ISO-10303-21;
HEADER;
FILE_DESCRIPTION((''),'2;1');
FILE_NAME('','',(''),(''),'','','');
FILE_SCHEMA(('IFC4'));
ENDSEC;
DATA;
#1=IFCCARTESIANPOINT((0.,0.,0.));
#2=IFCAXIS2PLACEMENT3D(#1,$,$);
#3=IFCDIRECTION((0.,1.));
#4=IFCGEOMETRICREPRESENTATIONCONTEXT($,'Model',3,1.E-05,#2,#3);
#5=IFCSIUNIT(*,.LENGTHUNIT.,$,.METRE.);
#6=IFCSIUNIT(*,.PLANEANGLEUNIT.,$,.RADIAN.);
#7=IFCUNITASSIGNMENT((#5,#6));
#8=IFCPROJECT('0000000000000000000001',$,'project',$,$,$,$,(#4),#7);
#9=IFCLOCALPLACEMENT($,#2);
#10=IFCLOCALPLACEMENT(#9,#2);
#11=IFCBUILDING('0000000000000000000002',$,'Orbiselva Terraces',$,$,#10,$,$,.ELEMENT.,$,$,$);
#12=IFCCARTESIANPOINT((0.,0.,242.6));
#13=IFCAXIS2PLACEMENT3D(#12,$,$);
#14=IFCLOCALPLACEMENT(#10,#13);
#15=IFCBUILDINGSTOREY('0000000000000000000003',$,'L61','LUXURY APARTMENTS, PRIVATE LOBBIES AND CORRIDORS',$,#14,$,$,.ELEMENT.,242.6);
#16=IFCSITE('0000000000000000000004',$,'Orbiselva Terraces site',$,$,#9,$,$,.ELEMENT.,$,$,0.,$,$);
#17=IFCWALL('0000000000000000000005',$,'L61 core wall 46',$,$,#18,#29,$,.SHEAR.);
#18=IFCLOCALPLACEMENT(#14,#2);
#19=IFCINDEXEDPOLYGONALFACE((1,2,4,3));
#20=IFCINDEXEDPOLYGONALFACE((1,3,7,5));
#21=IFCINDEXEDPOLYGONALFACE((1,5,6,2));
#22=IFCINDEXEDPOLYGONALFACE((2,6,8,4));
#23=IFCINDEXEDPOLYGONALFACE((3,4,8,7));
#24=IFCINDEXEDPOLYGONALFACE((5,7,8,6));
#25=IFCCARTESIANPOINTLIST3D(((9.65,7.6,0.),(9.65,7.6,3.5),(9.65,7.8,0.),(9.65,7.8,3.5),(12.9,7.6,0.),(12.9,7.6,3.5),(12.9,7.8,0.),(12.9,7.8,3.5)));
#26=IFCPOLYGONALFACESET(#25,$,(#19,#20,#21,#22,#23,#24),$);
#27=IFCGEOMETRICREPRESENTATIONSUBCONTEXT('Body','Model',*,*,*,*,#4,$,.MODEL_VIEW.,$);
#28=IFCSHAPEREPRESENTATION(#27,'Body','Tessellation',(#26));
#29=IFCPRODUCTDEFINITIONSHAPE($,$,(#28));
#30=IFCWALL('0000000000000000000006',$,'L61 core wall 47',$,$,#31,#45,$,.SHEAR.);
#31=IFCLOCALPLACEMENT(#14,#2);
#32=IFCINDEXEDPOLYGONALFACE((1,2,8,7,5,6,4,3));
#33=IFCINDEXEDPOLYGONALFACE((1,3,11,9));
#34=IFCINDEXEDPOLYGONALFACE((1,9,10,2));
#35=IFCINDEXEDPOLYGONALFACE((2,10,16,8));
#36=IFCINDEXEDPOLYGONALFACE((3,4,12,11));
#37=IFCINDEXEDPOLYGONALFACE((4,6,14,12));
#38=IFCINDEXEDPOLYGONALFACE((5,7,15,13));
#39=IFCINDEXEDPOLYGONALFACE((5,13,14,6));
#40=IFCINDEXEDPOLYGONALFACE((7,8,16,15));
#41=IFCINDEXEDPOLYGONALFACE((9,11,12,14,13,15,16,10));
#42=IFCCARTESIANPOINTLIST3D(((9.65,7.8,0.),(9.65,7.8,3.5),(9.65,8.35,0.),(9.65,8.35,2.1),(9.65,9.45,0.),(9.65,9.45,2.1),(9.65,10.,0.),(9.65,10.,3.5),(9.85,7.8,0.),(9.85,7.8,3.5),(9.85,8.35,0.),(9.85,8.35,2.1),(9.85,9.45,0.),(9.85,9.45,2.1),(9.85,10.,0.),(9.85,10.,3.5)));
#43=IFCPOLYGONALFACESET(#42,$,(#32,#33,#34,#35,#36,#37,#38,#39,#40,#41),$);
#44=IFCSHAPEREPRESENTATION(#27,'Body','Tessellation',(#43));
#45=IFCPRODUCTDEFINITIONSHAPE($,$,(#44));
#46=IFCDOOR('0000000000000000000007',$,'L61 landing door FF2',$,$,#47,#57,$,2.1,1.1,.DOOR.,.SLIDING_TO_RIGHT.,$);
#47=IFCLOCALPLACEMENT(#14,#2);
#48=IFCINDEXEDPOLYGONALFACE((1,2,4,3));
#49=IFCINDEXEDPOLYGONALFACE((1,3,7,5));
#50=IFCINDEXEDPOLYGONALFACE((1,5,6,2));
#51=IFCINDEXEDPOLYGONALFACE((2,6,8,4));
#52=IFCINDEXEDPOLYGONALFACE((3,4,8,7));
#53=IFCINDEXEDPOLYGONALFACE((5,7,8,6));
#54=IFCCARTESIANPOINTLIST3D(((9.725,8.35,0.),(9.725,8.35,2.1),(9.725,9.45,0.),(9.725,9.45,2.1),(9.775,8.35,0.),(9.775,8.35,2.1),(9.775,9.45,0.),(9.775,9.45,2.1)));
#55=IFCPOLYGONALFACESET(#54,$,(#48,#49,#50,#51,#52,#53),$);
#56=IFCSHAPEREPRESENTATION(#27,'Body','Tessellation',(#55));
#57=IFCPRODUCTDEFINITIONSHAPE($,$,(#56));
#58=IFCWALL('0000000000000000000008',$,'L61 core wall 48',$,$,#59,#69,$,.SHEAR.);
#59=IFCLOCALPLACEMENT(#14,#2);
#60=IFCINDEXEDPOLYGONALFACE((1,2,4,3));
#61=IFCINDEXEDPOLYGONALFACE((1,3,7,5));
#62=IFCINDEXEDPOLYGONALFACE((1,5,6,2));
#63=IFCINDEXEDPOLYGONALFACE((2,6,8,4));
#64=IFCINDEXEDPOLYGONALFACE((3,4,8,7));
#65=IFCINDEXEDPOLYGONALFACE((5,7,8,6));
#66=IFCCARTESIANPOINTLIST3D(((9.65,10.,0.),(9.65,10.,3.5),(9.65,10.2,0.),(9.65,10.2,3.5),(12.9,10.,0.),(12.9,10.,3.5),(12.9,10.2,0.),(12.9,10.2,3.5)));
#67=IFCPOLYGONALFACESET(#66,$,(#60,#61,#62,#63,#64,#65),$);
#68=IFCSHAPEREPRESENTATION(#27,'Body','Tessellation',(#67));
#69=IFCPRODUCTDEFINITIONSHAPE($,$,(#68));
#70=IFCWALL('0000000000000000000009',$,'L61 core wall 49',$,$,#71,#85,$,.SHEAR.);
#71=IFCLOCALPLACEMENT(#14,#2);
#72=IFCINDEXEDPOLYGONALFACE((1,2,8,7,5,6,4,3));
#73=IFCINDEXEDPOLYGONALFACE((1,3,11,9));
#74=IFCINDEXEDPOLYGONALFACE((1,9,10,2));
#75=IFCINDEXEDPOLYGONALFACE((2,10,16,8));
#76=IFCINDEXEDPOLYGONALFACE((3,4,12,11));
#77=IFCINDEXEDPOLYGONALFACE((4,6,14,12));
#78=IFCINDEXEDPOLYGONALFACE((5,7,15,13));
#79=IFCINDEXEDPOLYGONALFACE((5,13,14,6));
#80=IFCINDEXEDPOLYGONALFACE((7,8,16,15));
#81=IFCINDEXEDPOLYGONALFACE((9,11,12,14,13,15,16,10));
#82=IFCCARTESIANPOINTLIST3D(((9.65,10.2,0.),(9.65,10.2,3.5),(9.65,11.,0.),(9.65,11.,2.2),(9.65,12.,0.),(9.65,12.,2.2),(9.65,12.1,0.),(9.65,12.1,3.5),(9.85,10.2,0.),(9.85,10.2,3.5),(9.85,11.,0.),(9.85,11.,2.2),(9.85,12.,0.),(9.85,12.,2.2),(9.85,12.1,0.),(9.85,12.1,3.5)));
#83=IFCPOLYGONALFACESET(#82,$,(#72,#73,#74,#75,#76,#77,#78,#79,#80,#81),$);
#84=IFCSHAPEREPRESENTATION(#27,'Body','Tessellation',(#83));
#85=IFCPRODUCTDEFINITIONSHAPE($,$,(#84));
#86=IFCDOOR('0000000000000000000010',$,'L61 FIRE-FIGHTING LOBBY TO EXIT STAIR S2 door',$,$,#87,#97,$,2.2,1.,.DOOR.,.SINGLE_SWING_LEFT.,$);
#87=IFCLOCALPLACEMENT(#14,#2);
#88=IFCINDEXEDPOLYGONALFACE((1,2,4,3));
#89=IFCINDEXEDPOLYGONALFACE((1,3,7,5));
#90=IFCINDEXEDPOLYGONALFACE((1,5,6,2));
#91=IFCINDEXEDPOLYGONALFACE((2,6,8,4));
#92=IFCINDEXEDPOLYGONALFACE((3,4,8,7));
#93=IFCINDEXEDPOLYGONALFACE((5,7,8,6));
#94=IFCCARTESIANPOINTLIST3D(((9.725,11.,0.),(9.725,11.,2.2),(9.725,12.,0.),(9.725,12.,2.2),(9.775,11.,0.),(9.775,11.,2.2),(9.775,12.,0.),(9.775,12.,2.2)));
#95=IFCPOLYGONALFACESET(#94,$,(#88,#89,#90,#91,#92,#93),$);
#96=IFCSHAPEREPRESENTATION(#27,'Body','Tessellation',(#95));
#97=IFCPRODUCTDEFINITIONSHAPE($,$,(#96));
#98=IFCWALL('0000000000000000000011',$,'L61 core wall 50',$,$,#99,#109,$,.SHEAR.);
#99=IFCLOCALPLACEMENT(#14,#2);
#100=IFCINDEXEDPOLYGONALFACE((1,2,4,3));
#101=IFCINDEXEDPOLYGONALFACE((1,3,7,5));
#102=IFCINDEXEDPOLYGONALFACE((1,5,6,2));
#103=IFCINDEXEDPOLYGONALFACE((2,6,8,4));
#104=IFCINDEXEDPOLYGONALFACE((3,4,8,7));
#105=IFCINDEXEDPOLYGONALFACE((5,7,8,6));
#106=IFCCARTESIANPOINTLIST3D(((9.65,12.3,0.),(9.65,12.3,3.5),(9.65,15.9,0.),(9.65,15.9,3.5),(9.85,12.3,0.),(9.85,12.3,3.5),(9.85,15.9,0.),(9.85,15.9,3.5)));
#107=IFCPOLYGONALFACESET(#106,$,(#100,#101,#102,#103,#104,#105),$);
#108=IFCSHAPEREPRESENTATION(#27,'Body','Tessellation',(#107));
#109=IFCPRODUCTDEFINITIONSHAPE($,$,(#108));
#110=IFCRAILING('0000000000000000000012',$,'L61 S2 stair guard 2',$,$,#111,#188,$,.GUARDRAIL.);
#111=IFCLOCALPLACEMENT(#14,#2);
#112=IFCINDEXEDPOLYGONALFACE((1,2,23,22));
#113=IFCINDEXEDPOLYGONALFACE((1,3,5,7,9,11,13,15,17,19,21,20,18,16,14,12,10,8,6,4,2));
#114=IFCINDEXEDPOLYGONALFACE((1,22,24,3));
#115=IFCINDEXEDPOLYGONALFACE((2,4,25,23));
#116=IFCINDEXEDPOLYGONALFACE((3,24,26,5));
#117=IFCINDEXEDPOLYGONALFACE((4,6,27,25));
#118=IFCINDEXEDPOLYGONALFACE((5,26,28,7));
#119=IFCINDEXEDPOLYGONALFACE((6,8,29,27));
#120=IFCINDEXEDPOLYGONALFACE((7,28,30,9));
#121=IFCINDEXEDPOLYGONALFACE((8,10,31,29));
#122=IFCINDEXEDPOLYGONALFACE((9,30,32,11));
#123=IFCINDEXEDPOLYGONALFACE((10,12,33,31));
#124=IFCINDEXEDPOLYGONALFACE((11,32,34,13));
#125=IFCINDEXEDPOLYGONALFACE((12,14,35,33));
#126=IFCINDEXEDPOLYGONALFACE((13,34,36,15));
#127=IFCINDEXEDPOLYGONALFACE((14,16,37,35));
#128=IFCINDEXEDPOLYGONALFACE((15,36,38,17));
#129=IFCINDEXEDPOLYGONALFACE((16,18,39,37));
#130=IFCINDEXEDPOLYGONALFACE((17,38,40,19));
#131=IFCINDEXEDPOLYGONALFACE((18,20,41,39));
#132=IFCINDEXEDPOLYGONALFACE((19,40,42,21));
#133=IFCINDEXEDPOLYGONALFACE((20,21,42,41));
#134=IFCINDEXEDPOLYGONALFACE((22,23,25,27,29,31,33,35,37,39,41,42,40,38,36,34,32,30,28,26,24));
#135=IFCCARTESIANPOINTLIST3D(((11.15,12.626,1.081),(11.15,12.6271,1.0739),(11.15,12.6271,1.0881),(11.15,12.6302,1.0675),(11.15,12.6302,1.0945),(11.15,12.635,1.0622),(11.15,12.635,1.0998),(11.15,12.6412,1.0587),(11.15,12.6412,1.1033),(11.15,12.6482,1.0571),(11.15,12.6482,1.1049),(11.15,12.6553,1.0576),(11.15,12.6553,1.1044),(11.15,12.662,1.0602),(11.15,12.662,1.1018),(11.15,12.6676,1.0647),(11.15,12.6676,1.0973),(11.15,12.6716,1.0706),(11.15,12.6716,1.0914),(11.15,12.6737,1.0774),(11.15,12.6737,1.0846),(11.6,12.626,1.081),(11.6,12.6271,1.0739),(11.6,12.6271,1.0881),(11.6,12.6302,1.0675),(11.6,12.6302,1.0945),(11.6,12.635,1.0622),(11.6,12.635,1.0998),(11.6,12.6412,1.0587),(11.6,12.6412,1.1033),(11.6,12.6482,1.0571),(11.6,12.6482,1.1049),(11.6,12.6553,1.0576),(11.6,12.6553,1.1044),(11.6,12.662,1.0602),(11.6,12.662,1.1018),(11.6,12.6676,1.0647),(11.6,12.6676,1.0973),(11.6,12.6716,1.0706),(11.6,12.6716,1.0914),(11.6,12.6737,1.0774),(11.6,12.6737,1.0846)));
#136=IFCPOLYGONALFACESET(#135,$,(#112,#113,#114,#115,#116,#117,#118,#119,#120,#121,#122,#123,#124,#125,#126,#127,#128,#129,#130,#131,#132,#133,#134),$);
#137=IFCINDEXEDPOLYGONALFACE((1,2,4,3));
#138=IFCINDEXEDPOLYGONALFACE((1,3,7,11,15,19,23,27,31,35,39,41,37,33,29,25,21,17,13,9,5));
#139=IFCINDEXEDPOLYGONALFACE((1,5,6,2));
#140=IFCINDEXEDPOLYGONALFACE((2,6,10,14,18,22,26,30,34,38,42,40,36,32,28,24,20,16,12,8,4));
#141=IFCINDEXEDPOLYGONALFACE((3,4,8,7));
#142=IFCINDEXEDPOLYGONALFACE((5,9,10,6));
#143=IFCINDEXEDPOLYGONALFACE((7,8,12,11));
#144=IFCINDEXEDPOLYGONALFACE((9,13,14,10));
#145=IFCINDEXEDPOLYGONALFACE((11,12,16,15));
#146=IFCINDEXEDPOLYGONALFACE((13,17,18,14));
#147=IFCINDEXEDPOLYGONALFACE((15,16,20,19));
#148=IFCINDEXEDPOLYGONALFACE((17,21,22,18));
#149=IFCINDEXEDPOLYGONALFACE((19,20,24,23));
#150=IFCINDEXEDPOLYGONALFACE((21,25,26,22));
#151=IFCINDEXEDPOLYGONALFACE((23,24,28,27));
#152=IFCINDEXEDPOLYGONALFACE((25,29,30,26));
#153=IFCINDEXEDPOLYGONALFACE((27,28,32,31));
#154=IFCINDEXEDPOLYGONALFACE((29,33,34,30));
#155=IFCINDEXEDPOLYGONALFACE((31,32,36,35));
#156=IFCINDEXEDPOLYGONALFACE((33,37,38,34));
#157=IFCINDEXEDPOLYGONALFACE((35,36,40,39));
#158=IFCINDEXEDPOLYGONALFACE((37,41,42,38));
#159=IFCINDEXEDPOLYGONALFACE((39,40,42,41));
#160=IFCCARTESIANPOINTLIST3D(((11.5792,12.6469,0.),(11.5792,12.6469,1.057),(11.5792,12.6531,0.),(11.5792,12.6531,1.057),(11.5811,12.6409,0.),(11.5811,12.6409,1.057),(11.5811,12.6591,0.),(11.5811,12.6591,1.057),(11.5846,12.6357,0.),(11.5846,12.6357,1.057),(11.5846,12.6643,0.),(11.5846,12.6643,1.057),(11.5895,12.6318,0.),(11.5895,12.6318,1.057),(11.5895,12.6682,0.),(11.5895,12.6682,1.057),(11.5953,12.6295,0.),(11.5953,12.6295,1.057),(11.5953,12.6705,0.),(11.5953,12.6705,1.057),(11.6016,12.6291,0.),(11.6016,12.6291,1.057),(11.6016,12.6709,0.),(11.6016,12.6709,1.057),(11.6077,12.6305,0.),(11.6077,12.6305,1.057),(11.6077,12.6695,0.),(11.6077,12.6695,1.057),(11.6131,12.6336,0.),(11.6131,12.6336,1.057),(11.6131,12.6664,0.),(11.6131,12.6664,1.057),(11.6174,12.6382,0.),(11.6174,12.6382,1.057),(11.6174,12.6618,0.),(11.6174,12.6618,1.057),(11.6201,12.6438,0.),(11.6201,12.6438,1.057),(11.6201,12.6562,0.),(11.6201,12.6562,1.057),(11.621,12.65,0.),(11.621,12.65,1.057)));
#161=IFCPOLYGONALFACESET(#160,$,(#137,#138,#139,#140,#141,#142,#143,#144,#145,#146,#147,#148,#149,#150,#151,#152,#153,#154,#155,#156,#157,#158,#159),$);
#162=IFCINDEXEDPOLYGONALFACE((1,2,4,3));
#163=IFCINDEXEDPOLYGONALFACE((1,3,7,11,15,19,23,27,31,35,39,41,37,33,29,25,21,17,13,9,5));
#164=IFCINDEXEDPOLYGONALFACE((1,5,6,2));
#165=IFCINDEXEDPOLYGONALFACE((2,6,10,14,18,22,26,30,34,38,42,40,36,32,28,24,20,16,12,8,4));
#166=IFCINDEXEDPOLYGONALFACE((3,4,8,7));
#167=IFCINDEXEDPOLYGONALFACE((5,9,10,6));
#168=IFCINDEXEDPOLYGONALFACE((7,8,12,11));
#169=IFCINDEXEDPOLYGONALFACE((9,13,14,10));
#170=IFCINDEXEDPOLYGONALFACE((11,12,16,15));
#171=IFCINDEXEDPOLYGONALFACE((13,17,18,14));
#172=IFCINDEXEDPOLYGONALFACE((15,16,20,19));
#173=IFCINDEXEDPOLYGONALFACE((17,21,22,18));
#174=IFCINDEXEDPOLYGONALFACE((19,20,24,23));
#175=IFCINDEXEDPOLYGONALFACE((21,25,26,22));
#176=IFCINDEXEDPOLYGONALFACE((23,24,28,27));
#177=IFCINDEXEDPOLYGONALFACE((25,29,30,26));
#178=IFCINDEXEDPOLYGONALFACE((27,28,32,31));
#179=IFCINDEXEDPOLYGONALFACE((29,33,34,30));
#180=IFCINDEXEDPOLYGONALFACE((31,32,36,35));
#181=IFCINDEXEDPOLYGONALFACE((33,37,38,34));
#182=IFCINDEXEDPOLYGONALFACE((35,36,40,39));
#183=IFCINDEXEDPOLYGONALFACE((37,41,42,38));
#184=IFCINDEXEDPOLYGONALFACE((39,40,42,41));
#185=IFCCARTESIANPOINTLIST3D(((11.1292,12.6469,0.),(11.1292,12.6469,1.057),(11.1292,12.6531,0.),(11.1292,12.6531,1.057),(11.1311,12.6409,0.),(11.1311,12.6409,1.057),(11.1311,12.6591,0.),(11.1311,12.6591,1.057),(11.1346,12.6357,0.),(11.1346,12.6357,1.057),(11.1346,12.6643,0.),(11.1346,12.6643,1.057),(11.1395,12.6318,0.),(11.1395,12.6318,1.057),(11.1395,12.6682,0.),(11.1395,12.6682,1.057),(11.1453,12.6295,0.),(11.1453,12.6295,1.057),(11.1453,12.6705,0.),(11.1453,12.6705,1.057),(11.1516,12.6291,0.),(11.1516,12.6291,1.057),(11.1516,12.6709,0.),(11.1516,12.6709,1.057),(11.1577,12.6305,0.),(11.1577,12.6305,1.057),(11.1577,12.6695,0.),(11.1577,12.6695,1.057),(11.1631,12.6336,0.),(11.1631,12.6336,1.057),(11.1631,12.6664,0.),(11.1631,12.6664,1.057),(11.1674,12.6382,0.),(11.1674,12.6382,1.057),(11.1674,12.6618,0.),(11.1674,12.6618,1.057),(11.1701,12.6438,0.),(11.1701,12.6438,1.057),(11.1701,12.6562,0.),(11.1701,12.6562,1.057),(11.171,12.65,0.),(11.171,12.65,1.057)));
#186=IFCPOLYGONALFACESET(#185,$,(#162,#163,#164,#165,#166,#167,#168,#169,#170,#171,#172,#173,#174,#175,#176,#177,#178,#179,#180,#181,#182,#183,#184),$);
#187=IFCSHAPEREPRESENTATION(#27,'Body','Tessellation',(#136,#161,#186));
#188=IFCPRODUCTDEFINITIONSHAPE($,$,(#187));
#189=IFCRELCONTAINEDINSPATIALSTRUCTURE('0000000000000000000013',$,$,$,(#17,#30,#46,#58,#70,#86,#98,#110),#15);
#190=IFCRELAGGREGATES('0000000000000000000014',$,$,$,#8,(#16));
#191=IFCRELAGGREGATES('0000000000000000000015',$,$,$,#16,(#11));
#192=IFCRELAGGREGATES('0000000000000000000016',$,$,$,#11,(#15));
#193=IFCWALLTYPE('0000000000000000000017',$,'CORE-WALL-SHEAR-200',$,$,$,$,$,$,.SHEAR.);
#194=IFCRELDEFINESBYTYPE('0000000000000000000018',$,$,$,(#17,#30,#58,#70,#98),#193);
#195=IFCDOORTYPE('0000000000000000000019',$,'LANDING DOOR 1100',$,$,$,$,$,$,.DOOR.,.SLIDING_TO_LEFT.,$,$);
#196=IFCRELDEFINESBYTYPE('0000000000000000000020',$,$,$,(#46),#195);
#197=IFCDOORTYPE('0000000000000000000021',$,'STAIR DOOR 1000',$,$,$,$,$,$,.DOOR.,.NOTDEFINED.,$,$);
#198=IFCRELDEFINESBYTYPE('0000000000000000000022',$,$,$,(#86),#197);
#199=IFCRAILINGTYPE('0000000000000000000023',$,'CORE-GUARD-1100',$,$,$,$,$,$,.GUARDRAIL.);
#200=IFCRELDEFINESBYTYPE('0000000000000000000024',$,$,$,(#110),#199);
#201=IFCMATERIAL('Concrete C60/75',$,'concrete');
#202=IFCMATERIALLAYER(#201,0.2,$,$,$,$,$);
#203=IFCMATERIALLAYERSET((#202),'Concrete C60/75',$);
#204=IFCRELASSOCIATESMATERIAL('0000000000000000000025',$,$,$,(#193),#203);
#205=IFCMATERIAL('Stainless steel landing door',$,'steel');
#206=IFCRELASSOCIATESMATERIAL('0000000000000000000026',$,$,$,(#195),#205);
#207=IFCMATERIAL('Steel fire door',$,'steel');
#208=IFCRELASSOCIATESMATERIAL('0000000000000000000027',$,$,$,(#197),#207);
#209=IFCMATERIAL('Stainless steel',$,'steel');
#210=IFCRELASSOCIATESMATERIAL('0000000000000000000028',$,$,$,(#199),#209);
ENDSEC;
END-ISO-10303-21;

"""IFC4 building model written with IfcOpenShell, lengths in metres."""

from ifc_helpers import new_model, si_unit, direction, frame, frame_2d, origin, origin_2d, place, context, subcontext, project, spatial, rectangle, circle, extrude, material, layer, layer_set, type_object, element, fill, save


model = new_model("IFC4")

# Units and contexts
model_context = context("Model", 3, precision=1e-05, world=origin(), true_north=direction((0.0, 1.0)))
body_context = subcontext(model_context, "Body", "Model", "MODEL_VIEW")
ifc_project = project(units=[si_unit("LENGTHUNIT", "METRE"), si_unit("PLANEANGLEUNIT", "RADIAN")], contexts=[model_context])

# Site, building, storey
site_placement = place(None, origin())
site = spatial("IfcSite", under=ifc_project, at=site_placement, Name="Orbiselva Terraces site", CompositionType="ELEMENT", RefElevation=0.0)
building_placement = place(site_placement, origin())
building = spatial("IfcBuilding", under=site, at=building_placement, Name="Orbiselva Terraces", CompositionType="ELEMENT")
storey_placement = place(building_placement, frame((0.0, 0.0, 242.6)))
storey = spatial("IfcBuildingStorey", under=building, at=storey_placement, Name="L61", Description="LUXURY APARTMENTS, PRIVATE LOBBIES AND CORRIDORS", CompositionType="ELEMENT", Elevation=242.6)

# Shared definitions
ifc_material_1 = material(Name="Steel fire door", Category="steel")

# Shared definitions
ifc_material_2 = material(Name="Concrete C60/75", Category="concrete")
ifc_layer_1 = layer(ifc_material_2, 0.2)
ifc_layer_set_1 = layer_set([ifc_layer_1], Name="Concrete C60/75")
wall_type_1 = type_object("IfcWallType", Name="CORE-WALL-SHEAR-200", PredefinedType="SHEAR", material=ifc_layer_set_1)

# Shared definitions
ifc_material_3 = material(Name="Stainless steel landing door", Category="steel")
door_type_1 = type_object("IfcDoorType", Name="LANDING DOOR 1100", OperationType="SLIDING_TO_LEFT", PredefinedType="DOOR", material=ifc_material_3)

# Wall
wall_1_placement = place(storey_placement, frame((9.65, 7.7, 0.0), z_axis=(0.0, 0.0, 1.0), x_axis=(1.0, 0.0, 0.0)))
element("IfcWall", 1, at=wall_1_placement, inside=storey, type_object=wall_type_1, Name="L61 core wall 46", PredefinedType="SHEAR", context=body_context, shape_type="SweptSolid", body=[
    extrude(rectangle(XDim=3.25, YDim=0.2, at=frame_2d((1.625, 0.0))), origin(), (0.0, 0.0, 1.0), 3.5),
])

# Wall, opening, door
wall_2_placement = place(storey_placement, frame((9.75, 7.8, 0.0), z_axis=(0.0, 0.0, 1.0), x_axis=(0.0, 1.0, 0.0)))
wall_2 = element("IfcWall", 2, at=wall_2_placement, inside=storey, type_object=wall_type_1, Name="L61 core wall 47", PredefinedType="SHEAR", context=body_context, shape_type="SweptSolid", body=[
    extrude(rectangle(XDim=2.2, YDim=0.2, at=frame_2d((1.1, 0.0))), origin(), (0.0, 0.0, 1.0), 3.5),
])
opening_1_placement = place(wall_2_placement, frame((0.55, 0.0, 0.0)))
opening_1 = element("IfcOpeningElement", 3, at=opening_1_placement, cuts=wall_2, PredefinedType="OPENING", context=body_context, shape_type="SweptSolid", body=[
    extrude(rectangle(XDim=1.1, YDim=2.1, at=frame_2d((0.55, 1.05))), frame((0.0, 0.11, 0.0), z_axis=(0.0, -1.0, 0.0), x_axis=(1.0, 0.0, 0.0)), (0.0, 0.0, 1.0), 0.22),
])
door_1_placement = place(opening_1_placement, origin())
door_1 = element("IfcDoor", 4, at=door_1_placement, inside=storey, type_object=door_type_1, Name="L61 landing door FF2", OperationType="SLIDING_TO_RIGHT", OverallHeight=2.1, OverallWidth=1.1, PredefinedType="DOOR", context=body_context, shape_type="SweptSolid", body=[
    extrude(rectangle(XDim=1.1, YDim=2.1, at=frame_2d((0.55, 1.05))), frame((0.0, 0.025, 0.0), z_axis=(0.0, -1.0, 0.0), x_axis=(1.0, 0.0, 0.0)), (0.0, 0.0, 1.0), 0.05),
])
fill(opening_1, door_1)

# Wall
wall_3_placement = place(storey_placement, frame((9.65, 10.1, 0.0), z_axis=(0.0, 0.0, 1.0), x_axis=(1.0, 0.0, 0.0)))
element("IfcWall", 5, at=wall_3_placement, inside=storey, type_object=wall_type_1, Name="L61 core wall 48", PredefinedType="SHEAR", context=body_context, shape_type="SweptSolid", body=[
    extrude(rectangle(XDim=3.25, YDim=0.2, at=frame_2d((1.625, 0.0))), origin(), (0.0, 0.0, 1.0), 3.5),
])

# Wall, opening, door
wall_4_placement = place(storey_placement, frame((9.75, 12.1, 0.0), z_axis=(0.0, 0.0, 1.0), x_axis=(0.0, -1.0, 0.0)))
wall_4 = element("IfcWall", 6, at=wall_4_placement, inside=storey, type_object=wall_type_1, Name="L61 core wall 49", PredefinedType="SHEAR", context=body_context, shape_type="SweptSolid", body=[
    extrude(rectangle(XDim=1.9, YDim=0.2, at=frame_2d((0.95, 0.0))), origin(), (0.0, 0.0, 1.0), 3.5),
])
opening_2_placement = place(wall_4_placement, frame((0.1, 0.0, 0.0)))
opening_2 = element("IfcOpeningElement", 7, at=opening_2_placement, cuts=wall_4, PredefinedType="OPENING", context=body_context, shape_type="SweptSolid", body=[
    extrude(rectangle(XDim=1.0, YDim=2.2, at=frame_2d((0.5, 1.1))), frame((0.0, 0.11, 0.0), z_axis=(0.0, -1.0, 0.0), x_axis=(1.0, 0.0, 0.0)), (0.0, 0.0, 1.0), 0.22),
])
door_type_2 = type_object("IfcDoorType", Name="STAIR DOOR 1000", OperationType="NOTDEFINED", PredefinedType="DOOR", material=ifc_material_1)
door_2_placement = place(opening_2_placement, origin())
door_2 = element("IfcDoor", 8, at=door_2_placement, inside=storey, type_object=door_type_2, Name="L61 FIRE-FIGHTING LOBBY TO EXIT STAIR S2 door", OperationType="SINGLE_SWING_LEFT", OverallHeight=2.2, OverallWidth=1.0, PredefinedType="DOOR", context=body_context, shape_type="SweptSolid", body=[
    extrude(rectangle(XDim=1.0, YDim=2.2, at=frame_2d((0.5, 1.1))), frame((0.0, 0.025, 0.0), z_axis=(0.0, -1.0, 0.0), x_axis=(1.0, 0.0, 0.0)), (0.0, 0.0, 1.0), 0.05),
])
fill(opening_2, door_2)

# Wall
wall_5_placement = place(storey_placement, frame((9.75, 12.3, 0.0), z_axis=(0.0, 0.0, 1.0), x_axis=(0.0, 1.0, 0.0)))
element("IfcWall", 9, at=wall_5_placement, inside=storey, type_object=wall_type_1, Name="L61 core wall 50", PredefinedType="SHEAR", context=body_context, shape_type="SweptSolid", body=[
    extrude(rectangle(XDim=3.6, YDim=0.2, at=frame_2d((1.8, 0.0))), origin(), (0.0, 0.0, 1.0), 3.5),
])

# Railing
ifc_material_4 = material(Name="Stainless steel", Category="steel")
railing_type = type_object("IfcRailingType", Name="CORE-GUARD-1100", PredefinedType="GUARDRAIL", material=ifc_material_4)
railing_1_placement = place(storey_placement, frame((11.6, 12.65, 0.0)))
element("IfcRailing", 10, at=railing_1_placement, inside=storey, type_object=railing_type, Name="L61 S2 stair guard 2", PredefinedType="GUARDRAIL", context=body_context, shape_type="SweptSolid", body=[
    extrude(circle(Radius=0.024, at=origin_2d()), frame((0.0, 0.0, 1.081), z_axis=(-1.0, 0.0, 0.0), x_axis=(0.0, -1.0, 0.0)), (0.0, 0.0, 1.0), 0.45),
    extrude(circle(Radius=0.021, at=origin_2d()), origin(), (0.0, 0.0, 1.0), 1.057),
    extrude(circle(Radius=0.021, at=origin_2d()), frame((-0.45, 0.0, 0.0)), (0.0, 0.0, 1.0), 1.057),
])

save(model, "model.ifc")
